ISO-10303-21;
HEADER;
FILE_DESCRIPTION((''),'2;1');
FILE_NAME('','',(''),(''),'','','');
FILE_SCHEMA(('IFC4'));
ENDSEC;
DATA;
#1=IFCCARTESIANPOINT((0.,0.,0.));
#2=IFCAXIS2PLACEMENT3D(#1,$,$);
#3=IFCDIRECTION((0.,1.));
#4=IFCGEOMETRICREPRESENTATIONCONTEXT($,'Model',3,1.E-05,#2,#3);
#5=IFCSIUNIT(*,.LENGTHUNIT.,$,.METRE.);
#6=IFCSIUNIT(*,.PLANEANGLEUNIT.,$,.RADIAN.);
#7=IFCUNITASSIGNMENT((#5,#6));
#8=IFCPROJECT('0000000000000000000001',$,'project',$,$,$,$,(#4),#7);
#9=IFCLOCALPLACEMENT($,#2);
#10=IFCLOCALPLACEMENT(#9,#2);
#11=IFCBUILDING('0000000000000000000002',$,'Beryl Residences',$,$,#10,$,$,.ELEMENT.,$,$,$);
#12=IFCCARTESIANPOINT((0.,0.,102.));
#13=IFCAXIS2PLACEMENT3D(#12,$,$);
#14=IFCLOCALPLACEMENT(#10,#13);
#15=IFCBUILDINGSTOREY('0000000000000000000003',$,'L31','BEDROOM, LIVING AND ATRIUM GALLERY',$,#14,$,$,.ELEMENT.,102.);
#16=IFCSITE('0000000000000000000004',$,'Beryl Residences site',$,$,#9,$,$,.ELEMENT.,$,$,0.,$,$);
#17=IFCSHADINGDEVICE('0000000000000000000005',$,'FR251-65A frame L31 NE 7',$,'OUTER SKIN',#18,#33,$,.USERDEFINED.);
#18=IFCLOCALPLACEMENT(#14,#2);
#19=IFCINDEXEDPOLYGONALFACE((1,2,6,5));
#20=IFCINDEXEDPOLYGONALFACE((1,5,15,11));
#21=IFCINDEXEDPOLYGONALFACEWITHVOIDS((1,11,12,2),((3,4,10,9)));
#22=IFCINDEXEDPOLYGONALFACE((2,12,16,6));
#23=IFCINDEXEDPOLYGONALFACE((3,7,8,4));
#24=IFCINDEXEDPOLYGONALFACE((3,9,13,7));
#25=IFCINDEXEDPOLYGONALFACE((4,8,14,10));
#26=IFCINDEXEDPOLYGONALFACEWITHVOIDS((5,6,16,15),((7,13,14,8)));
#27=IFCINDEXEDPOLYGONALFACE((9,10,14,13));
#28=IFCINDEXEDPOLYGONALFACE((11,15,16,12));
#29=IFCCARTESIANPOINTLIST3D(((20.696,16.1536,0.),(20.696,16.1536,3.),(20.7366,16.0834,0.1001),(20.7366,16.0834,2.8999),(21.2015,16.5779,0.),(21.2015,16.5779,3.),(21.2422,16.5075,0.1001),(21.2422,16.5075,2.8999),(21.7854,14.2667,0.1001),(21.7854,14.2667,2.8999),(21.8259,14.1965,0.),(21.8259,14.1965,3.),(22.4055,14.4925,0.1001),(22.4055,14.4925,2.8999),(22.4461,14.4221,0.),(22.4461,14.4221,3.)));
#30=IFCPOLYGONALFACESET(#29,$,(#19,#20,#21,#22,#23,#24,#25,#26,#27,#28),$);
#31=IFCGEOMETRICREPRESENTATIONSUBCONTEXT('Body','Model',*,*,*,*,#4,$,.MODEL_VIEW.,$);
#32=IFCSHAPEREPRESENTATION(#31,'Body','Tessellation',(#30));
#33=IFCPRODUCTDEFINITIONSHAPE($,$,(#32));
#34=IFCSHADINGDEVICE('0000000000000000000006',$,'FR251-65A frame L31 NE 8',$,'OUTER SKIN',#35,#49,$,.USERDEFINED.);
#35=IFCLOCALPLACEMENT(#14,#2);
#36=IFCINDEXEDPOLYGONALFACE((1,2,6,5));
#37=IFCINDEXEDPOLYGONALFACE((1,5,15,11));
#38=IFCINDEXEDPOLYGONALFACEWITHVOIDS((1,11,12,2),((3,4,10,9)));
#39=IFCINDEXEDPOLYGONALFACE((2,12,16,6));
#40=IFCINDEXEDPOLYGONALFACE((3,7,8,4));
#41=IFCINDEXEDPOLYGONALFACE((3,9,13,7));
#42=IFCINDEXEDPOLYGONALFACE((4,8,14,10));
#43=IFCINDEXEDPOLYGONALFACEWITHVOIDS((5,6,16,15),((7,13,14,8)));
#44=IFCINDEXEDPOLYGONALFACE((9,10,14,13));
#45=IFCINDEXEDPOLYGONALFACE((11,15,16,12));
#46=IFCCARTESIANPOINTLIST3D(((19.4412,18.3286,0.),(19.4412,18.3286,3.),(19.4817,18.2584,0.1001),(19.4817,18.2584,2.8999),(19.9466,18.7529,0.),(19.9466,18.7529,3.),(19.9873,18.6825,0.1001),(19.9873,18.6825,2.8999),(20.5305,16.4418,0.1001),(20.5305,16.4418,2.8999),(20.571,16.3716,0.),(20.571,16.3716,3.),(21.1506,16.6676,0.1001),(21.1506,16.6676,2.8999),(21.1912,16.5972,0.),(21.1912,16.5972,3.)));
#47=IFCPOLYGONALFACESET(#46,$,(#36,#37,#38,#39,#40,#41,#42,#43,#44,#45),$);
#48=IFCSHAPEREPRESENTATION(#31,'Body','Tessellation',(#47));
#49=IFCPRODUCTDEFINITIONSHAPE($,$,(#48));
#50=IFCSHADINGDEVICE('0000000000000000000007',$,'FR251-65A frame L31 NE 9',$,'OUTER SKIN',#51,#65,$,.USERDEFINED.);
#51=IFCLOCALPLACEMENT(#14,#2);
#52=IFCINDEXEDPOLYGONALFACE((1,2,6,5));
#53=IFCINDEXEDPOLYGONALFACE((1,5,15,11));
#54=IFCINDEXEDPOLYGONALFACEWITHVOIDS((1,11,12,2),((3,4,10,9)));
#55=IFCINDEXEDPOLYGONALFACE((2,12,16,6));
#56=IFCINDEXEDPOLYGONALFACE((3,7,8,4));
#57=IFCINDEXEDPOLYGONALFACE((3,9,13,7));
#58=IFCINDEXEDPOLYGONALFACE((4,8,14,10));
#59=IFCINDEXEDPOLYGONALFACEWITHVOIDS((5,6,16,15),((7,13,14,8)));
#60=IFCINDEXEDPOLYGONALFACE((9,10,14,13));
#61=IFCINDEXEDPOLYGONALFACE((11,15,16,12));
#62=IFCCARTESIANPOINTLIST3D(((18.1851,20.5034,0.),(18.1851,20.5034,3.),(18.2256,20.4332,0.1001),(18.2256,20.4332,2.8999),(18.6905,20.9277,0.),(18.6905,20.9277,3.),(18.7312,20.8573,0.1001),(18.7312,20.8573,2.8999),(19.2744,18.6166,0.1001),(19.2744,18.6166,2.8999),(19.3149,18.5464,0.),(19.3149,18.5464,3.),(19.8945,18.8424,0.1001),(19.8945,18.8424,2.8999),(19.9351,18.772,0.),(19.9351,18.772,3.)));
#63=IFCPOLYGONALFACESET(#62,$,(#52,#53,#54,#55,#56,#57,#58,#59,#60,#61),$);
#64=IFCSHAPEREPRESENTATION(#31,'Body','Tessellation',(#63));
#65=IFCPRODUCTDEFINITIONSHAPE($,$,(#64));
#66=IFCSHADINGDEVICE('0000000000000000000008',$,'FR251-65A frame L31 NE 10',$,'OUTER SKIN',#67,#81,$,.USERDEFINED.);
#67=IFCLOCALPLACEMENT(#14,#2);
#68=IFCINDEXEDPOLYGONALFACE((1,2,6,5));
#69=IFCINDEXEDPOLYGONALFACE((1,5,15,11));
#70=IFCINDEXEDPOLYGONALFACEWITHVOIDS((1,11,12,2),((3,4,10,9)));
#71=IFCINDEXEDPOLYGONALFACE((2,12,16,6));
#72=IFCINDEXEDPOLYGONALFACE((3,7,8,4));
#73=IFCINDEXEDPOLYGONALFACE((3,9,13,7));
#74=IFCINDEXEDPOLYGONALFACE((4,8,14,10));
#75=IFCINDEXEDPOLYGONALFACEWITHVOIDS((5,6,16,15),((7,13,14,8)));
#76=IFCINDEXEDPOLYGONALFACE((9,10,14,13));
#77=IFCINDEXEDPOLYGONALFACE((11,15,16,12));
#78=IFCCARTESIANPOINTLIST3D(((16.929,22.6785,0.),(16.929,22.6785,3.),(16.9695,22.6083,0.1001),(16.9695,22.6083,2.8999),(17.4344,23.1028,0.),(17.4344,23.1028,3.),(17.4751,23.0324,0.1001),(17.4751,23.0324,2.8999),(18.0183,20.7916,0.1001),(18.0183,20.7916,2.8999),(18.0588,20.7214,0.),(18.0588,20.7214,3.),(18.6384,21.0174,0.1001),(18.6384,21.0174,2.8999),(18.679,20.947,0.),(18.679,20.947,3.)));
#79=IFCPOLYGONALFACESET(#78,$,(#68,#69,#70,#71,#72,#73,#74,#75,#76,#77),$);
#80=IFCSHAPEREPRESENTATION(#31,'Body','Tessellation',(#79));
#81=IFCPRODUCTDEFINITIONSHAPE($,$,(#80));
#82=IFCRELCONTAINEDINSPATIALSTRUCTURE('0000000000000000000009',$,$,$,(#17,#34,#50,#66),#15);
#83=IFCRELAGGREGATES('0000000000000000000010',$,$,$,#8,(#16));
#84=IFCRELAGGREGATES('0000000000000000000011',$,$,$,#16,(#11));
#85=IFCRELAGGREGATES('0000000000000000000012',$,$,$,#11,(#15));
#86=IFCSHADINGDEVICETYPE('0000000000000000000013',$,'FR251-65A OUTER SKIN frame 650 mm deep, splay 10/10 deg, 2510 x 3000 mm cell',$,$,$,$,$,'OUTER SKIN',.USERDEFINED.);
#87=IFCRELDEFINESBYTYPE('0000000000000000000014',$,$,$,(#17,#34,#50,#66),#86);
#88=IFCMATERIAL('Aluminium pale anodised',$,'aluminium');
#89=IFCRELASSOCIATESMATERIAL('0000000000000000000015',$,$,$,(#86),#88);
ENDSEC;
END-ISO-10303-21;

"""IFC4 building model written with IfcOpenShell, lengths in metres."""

from ifc_helpers import new_model, entity, si_unit, direction, frame, origin, place, context, subcontext, project, spatial, source, transform, mapped, material, type_object, type_shapes, element, save


model = new_model("IFC4")

# Units and contexts
model_context = context("Model", 3, precision=1e-05, world=origin(), true_north=direction((0.0, 1.0)))
body_context = subcontext(model_context, "Body", "Model", "MODEL_VIEW")
ifc_project = project(units=[si_unit("LENGTHUNIT", "METRE"), si_unit("PLANEANGLEUNIT", "RADIAN")], contexts=[model_context])

# Site, building, storey
site_placement = place(None, origin())
site = spatial("IfcSite", under=ifc_project, at=site_placement, Name="Beryl Residences site", CompositionType="ELEMENT", RefElevation=0.0)
building_placement = place(site_placement, origin())
building = spatial("IfcBuilding", under=site, at=building_placement, Name="Beryl Residences", CompositionType="ELEMENT")
storey_placement = place(building_placement, frame((0.0, 0.0, 102.0)))
storey = spatial("IfcBuildingStorey", under=building, at=storey_placement, Name="L31", Description="BEDROOM, LIVING AND ATRIUM GALLERY", CompositionType="ELEMENT", Elevation=102.0)

# Shading devices
ifc_material_1 = material(Name="Aluminium pale anodised", Category="aluminium")
shading_device_type_1 = type_object("IfcShadingDeviceType", Name="FR251-65A OUTER SKIN frame 650 mm deep, splay 10/10 deg, 2510 x 3000 mm cell", ElementType="OUTER SKIN", PredefinedType="USERDEFINED", material=ifc_material_1)
cartesian_point_1 = entity("IfcCartesianPoint", [-1.1299, 0.0])
cartesian_point_2 = entity("IfcCartesianPoint", [-1.0488, 0.1001])
cartesian_point_3 = entity("IfcCartesianPoint", [-1.2446, 0.0])
cartesian_point_4 = entity("IfcCartesianPoint", [-1.1633, 0.1001])
shared_shape_1 = source(origin(), body_context, "Body", "SweptSolid", [
    entity("IfcExtrudedAreaSolidTapered", entity("IfcArbitraryProfileDefWithVoids", "AREA", None, entity("IfcPolyline", [cartesian_point_1, entity("IfcCartesianPoint", [1.1299, 0.0]), entity("IfcCartesianPoint", [1.1299, 3.0]), entity("IfcCartesianPoint", [-1.1299, 3.0]), cartesian_point_1]), [entity("IfcPolyline", [cartesian_point_2, entity("IfcCartesianPoint", [1.0488, 0.1001]), entity("IfcCartesianPoint", [1.0488, 2.8999]), entity("IfcCartesianPoint", [-1.0488, 2.8999]), cartesian_point_2])]), entity("IfcAxis2Placement3D", entity("IfcCartesianPoint", [0.0, 0.0, 0.0]), entity("IfcDirection", [0.0, 1.0, 0.0]), entity("IfcDirection", [-1.0, 0.0, 0.0])), entity("IfcDirection", [0.0, 0.0, 1.0]), 0.6499, entity("IfcArbitraryProfileDefWithVoids", "AREA", None, entity("IfcPolyline", [cartesian_point_3, entity("IfcCartesianPoint", [1.2446, 0.0]), entity("IfcCartesianPoint", [1.2446, 3.0]), entity("IfcCartesianPoint", [-1.2446, 3.0]), cartesian_point_3]), [entity("IfcPolyline", [cartesian_point_4, entity("IfcCartesianPoint", [1.1633, 0.1001]), entity("IfcCartesianPoint", [1.1633, 2.8999]), entity("IfcCartesianPoint", [-1.1633, 2.8999]), cartesian_point_4])])),
])
type_shapes(shading_device_type_1, [shared_shape_1])
for number, where, z_axis, x_axis, name in (
    (1, (21.261, 15.175, 0.0), (0.0, 0.0, 1.0), (0.5, -0.866025, 0.0), "FR251-65A frame L31 NE 7"),
    (2, (20.0061, 17.3501, 0.0), (0.0, 0.0, 1.0), (0.5, -0.866025, 0.0), "FR251-65A frame L31 NE 8"),
    (3, (18.75, 19.5249, 0.0), (0.0, 0.0, 1.0), (0.5, -0.866025, 0.0), "FR251-65A frame L31 NE 9"),
    (4, (17.4939, 21.7, 0.0), (0.0, 0.0, 1.0), (0.5, -0.866025, 0.0), "FR251-65A frame L31 NE 10"),
):
    element("IfcShadingDevice", number, at=place(storey_placement, frame(where, z_axis=z_axis, x_axis=x_axis)), inside=storey, type_object=shading_device_type_1, Name=name, ObjectType="OUTER SKIN", PredefinedType="USERDEFINED", context=body_context, shape_type="MappedRepresentation", body=[
        mapped(shared_shape_1, transform((0.0, 0.0, 0.0))),
    ])

save(model, "model.ifc")
